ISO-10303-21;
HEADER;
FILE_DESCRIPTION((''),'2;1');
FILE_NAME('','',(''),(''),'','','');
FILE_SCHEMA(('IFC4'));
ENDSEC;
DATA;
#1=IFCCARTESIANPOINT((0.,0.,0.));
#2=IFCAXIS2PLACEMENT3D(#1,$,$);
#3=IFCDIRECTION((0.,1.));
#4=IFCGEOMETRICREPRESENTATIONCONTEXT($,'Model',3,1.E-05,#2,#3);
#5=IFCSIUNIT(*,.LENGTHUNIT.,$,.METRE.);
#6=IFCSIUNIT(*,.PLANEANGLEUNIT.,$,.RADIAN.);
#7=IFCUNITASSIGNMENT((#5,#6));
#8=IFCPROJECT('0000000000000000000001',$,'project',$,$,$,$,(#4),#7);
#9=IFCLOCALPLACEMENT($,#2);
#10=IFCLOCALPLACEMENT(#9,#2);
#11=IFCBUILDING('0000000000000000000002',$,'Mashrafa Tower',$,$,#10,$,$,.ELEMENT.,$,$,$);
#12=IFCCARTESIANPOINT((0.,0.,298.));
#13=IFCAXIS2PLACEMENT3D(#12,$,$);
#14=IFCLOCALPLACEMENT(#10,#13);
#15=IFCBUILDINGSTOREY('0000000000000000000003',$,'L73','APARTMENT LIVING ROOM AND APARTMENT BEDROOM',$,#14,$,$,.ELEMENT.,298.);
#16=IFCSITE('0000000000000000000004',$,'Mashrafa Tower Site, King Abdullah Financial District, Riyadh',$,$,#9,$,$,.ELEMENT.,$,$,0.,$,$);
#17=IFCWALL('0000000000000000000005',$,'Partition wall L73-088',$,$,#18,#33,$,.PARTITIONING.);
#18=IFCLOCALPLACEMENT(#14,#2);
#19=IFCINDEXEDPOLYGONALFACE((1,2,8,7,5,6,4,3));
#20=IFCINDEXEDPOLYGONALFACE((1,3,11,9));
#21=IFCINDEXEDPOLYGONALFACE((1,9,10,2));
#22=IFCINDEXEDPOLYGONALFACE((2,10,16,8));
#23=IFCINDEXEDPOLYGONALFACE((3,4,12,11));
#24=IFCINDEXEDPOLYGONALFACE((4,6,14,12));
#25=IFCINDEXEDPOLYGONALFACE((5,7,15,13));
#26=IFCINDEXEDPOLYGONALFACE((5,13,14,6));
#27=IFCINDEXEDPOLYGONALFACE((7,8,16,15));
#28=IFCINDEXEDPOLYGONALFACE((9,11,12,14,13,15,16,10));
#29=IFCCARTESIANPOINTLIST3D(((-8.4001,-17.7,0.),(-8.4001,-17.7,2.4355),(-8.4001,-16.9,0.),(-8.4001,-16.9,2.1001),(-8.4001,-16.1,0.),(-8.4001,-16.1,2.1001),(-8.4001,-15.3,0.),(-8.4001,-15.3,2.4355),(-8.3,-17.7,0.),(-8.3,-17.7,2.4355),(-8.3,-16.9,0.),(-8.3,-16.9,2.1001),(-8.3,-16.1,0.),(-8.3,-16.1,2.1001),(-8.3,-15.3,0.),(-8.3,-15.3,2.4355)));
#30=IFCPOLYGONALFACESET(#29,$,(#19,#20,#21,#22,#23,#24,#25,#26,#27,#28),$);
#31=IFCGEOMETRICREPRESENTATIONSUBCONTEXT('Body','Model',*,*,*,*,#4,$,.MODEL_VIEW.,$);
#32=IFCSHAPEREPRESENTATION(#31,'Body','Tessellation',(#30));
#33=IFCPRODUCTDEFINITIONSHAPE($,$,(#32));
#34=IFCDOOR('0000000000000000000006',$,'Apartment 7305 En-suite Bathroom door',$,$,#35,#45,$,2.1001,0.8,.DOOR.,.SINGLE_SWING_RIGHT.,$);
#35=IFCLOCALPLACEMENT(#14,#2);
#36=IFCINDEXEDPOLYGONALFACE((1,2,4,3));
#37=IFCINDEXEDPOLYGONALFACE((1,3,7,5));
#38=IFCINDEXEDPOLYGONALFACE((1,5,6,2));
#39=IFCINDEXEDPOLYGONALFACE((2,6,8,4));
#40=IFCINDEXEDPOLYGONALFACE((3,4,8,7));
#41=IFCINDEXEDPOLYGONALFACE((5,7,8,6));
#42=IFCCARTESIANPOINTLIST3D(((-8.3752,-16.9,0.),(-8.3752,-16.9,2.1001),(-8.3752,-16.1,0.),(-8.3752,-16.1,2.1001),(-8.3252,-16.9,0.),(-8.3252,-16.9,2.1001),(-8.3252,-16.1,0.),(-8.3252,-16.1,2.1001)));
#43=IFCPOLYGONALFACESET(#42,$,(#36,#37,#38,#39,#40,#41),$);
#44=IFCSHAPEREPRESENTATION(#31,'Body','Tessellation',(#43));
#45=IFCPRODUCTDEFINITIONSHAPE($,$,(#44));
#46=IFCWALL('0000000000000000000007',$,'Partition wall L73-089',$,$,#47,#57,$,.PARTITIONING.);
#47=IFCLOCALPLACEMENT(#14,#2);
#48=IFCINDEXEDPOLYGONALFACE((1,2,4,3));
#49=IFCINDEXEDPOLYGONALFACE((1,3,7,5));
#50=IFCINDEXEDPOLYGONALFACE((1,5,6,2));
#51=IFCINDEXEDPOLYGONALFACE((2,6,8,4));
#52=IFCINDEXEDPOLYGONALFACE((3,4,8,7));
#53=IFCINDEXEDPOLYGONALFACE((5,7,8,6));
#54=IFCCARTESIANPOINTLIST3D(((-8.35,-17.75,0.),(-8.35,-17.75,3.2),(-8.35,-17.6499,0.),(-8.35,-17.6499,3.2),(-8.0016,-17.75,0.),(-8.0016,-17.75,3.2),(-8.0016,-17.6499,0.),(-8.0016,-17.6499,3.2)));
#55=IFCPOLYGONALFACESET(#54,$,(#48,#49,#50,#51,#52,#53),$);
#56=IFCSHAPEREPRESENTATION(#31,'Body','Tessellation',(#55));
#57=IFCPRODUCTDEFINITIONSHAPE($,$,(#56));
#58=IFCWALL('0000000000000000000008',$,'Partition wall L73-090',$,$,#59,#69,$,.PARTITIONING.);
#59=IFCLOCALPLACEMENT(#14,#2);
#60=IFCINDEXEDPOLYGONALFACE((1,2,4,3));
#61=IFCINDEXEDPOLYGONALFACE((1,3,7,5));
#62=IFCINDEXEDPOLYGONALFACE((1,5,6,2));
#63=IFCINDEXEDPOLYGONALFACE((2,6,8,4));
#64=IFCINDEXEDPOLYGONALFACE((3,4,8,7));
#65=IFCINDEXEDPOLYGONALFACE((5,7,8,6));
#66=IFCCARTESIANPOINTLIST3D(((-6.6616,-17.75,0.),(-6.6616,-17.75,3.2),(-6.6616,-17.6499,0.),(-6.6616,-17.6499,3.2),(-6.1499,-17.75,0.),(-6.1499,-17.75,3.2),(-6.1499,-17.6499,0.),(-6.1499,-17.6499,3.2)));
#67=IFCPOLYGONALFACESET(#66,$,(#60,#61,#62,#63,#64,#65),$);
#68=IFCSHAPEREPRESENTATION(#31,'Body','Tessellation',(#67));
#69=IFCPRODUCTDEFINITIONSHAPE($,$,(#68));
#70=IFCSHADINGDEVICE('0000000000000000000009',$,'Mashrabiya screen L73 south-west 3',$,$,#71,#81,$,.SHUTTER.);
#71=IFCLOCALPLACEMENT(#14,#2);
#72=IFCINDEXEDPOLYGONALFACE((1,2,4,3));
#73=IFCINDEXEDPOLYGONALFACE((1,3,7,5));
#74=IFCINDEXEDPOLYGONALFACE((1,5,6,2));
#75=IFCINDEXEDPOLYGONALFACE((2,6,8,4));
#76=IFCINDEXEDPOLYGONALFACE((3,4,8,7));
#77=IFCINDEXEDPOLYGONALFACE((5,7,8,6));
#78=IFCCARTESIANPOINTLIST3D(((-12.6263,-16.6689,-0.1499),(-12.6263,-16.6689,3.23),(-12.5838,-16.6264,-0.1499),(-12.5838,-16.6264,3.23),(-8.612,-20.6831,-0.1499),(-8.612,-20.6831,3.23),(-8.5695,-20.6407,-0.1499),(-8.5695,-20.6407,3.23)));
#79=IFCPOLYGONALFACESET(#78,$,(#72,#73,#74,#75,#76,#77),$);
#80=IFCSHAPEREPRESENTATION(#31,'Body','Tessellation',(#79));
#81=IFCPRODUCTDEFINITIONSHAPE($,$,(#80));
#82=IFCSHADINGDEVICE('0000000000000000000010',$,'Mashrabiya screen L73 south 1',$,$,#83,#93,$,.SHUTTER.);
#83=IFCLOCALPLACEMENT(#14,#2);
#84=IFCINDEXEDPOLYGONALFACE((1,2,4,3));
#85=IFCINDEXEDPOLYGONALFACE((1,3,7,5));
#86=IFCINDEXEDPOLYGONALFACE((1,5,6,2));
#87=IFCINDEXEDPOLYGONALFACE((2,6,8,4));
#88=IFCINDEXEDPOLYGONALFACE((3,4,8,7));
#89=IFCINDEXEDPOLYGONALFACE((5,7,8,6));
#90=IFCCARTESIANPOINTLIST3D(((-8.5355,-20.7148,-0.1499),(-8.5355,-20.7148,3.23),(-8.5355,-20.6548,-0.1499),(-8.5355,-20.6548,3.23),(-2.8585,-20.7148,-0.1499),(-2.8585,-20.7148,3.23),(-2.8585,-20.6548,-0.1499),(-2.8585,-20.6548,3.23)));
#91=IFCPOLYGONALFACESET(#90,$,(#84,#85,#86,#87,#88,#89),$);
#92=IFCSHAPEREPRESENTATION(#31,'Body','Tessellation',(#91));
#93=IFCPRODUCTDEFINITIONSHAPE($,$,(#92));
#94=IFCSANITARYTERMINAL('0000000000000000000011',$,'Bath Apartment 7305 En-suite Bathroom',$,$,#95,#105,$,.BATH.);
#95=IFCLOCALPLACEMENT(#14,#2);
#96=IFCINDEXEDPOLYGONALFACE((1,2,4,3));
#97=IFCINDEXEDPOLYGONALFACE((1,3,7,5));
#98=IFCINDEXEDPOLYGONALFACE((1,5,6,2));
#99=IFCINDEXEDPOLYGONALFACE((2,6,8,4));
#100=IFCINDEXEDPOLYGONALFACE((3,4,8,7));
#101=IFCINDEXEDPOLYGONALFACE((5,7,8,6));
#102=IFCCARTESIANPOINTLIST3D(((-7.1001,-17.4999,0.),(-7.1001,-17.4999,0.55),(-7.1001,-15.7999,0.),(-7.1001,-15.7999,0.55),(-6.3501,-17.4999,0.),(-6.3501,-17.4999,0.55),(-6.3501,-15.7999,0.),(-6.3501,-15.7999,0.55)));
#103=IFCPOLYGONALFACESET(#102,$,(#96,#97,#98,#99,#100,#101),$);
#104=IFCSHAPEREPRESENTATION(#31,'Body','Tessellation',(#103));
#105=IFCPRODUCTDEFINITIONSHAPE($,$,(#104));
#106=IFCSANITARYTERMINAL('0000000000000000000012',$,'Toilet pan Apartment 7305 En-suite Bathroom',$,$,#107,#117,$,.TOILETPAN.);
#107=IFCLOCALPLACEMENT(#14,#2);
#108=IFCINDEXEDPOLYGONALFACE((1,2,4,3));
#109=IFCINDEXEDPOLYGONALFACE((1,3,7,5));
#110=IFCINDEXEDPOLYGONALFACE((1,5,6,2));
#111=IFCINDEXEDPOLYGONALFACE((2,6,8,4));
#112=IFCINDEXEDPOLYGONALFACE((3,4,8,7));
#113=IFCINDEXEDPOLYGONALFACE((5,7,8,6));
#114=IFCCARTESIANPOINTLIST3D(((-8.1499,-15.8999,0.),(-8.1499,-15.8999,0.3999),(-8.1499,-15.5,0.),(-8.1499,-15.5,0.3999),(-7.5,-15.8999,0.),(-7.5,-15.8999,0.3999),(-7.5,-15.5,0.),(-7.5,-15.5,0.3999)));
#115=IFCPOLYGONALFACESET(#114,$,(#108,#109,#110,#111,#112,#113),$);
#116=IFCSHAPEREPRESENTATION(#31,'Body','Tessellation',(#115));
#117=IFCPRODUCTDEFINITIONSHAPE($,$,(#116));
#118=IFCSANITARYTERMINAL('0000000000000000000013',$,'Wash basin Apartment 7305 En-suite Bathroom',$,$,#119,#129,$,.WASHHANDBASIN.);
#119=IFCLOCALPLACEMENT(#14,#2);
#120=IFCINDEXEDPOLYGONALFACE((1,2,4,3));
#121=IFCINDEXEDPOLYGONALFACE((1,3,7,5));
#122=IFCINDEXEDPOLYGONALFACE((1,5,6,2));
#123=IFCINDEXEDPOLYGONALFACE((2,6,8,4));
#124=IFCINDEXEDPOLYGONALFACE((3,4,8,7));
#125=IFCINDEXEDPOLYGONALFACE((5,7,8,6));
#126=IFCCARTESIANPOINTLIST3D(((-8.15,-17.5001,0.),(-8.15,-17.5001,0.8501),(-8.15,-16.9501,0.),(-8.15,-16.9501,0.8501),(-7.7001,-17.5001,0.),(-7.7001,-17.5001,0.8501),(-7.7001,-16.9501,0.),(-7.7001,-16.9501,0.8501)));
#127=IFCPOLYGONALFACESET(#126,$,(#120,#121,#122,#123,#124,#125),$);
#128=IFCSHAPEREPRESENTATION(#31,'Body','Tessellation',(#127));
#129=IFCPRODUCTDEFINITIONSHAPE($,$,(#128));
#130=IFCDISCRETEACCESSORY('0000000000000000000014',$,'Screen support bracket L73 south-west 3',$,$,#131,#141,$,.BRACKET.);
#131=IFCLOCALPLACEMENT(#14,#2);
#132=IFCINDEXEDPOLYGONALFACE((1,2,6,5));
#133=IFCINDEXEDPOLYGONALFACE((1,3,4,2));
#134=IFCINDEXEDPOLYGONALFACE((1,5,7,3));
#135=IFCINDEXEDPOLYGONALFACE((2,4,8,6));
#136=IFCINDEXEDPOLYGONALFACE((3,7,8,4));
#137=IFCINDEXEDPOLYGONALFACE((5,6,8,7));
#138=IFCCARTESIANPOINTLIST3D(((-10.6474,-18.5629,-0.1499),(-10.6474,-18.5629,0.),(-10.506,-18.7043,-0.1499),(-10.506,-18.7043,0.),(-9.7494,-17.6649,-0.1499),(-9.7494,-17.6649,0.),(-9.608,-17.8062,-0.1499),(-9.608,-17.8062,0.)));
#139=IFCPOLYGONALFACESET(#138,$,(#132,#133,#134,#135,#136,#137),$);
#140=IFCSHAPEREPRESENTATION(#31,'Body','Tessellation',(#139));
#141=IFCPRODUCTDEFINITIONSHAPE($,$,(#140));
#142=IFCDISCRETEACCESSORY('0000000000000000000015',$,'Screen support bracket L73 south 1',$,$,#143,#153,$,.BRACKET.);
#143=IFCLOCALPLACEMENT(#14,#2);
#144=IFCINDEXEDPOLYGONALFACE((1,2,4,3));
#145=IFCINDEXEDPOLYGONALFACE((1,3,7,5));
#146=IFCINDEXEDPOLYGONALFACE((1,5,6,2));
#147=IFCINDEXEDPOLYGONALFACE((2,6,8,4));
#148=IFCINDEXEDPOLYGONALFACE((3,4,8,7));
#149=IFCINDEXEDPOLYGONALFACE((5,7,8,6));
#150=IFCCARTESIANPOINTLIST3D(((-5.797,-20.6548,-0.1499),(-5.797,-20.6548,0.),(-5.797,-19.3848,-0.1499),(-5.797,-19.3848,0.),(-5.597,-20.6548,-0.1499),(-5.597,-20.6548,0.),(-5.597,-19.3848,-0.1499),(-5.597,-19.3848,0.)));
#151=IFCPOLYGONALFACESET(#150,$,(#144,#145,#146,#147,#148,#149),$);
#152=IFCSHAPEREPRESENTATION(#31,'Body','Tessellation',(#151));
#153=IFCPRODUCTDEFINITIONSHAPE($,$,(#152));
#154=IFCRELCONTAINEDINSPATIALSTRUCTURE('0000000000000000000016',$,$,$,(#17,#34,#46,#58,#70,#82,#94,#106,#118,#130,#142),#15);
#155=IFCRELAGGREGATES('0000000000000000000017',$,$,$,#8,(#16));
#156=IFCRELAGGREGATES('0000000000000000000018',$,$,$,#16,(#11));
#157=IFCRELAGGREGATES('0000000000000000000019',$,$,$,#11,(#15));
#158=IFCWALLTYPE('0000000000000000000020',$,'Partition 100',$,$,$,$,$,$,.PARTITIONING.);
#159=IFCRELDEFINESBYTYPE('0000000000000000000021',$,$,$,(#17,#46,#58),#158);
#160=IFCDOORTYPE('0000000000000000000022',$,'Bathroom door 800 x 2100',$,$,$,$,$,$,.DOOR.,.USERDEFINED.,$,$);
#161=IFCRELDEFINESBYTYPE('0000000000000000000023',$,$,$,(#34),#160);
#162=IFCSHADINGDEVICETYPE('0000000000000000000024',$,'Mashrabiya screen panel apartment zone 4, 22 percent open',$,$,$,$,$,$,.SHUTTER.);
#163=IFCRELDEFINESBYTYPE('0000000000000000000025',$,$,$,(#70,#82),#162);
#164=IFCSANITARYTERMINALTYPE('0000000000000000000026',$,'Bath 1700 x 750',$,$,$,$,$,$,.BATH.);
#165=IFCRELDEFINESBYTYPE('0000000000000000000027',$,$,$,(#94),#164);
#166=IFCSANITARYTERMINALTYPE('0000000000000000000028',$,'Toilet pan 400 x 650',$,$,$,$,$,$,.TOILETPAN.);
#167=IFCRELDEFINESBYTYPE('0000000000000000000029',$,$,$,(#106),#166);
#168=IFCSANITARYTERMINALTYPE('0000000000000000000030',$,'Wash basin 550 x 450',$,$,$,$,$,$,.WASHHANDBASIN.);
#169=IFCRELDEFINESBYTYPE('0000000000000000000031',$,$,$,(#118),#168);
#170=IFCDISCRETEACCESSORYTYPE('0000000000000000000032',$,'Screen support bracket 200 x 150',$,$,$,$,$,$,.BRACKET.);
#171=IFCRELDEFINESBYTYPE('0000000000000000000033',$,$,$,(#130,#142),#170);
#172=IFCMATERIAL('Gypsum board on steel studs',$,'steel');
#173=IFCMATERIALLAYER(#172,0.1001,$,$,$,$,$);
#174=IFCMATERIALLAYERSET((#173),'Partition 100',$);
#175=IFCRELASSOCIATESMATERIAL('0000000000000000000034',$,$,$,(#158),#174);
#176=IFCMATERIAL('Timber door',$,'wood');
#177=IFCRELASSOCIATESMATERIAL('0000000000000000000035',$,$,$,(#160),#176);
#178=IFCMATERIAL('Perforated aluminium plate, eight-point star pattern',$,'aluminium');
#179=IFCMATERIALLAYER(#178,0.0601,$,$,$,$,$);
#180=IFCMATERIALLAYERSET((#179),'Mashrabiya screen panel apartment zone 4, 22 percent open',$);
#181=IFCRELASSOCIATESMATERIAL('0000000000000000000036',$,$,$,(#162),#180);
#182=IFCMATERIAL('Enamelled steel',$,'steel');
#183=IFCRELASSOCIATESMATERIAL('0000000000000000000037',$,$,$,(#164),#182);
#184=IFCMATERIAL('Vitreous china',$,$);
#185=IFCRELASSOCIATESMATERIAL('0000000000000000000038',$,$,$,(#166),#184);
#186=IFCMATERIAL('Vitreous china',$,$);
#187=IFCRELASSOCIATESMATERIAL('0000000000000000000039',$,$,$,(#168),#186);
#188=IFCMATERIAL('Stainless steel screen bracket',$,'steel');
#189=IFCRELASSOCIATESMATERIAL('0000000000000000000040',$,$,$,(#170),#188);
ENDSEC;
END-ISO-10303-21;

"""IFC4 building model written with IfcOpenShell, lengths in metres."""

from ifc_helpers import new_model, si_unit, direction, frame, frame_2d, origin, origin_2d, place, context, subcontext, project, spatial, rectangle, extrude, source, transform, mapped, material, layer, layer_set, type_object, type_shapes, element, fill, save


model = new_model("IFC4")

# Units and contexts
model_context = context("Model", 3, precision=1e-05, world=origin(), true_north=direction((0.0, 1.0)))
body_context = subcontext(model_context, "Body", "Model", "MODEL_VIEW")
ifc_project = project(units=[si_unit("LENGTHUNIT", "METRE"), si_unit("PLANEANGLEUNIT", "RADIAN")], contexts=[model_context])

# Site, building, storey
site_placement = place(None, origin())
site = spatial("IfcSite", under=ifc_project, at=site_placement, Name="Mashrafa Tower Site, King Abdullah Financial District, Riyadh", CompositionType="ELEMENT", RefElevation=0.0)
building_placement = place(site_placement, origin())
building = spatial("IfcBuilding", under=site, at=building_placement, Name="Mashrafa Tower", CompositionType="ELEMENT")
storey_placement = place(building_placement, frame((0.0, 0.0, 298.0)))
storey = spatial("IfcBuildingStorey", under=building, at=storey_placement, Name="L73", Description="APARTMENT LIVING ROOM AND APARTMENT BEDROOM", CompositionType="ELEMENT", Elevation=298.0)

# Shared definitions
ifc_material_1 = material(Name="Gypsum board on steel studs", Category="steel")
ifc_layer_1 = layer(ifc_material_1, 0.1001)
ifc_layer_set_1 = layer_set([ifc_layer_1], Name="Partition 100")
wall_type = type_object("IfcWallType", Name="Partition 100", PredefinedType="PARTITIONING", material=ifc_layer_set_1)

# Wall, opening, door
wall_1_placement = place(storey_placement, frame((-8.3501, -15.3, 0.0), z_axis=(0.0, 0.0, 1.0), x_axis=(0.0, -1.0, 0.0)))
wall_1 = element("IfcWall", 1, at=wall_1_placement, inside=storey, type_object=wall_type, Name="Partition wall L73-088", PredefinedType="PARTITIONING", context=body_context, shape_type="SweptSolid", body=[
    extrude(rectangle(XDim=2.3999, YDim=0.1001, at=frame_2d((1.2, 0.0))), origin(), (0.0, 0.0, 1.0), 2.4355),
])
opening_placement = place(wall_1_placement, frame((0.8, 0.0, 0.0)))
opening = element("IfcOpeningElement", 2, at=opening_placement, cuts=wall_1, PredefinedType="OPENING", context=body_context, shape_type="SweptSolid", body=[
    extrude(rectangle(XDim=0.8, YDim=2.1001, at=frame_2d((0.3999, 1.05))), frame((0.0, 0.0601, 0.0), z_axis=(0.0, -1.0, 0.0), x_axis=(1.0, 0.0, 0.0)), (0.0, 0.0, 1.0), 0.1201),
])
ifc_material_2 = material(Name="Timber door", Category="wood")
door_type = type_object("IfcDoorType", Name="Bathroom door 800 x 2100", OperationType="USERDEFINED", PredefinedType="DOOR", material=ifc_material_2)
door_placement = place(opening_placement, origin())
door = element("IfcDoor", 3, at=door_placement, inside=storey, type_object=door_type, Name="Apartment 7305 En-suite Bathroom door", OperationType="SINGLE_SWING_RIGHT", OverallHeight=2.1001, OverallWidth=0.8, PredefinedType="DOOR", context=body_context, shape_type="SweptSolid", body=[
    extrude(rectangle(XDim=0.8, YDim=2.1001, at=frame_2d((0.3999, 1.05))), frame((0.0, 0.0249, 0.0), z_axis=(0.0, -1.0, 0.0), x_axis=(1.0, 0.0, 0.0)), (0.0, 0.0, 1.0), 0.05),
])
fill(opening, door)

# Walls
wall_2_placement = place(storey_placement, frame((-8.3501, -17.7, 0.0), z_axis=(0.0, 0.0, 1.0), x_axis=(1.0, 0.0, 0.0)))
element("IfcWall", 4, at=wall_2_placement, inside=storey, type_object=wall_type, Name="Partition wall L73-089", PredefinedType="PARTITIONING", context=body_context, shape_type="SweptSolid", body=[
    extrude(rectangle(XDim=0.3484, YDim=0.1001, at=frame_2d((0.1743, 0.0))), origin(), (0.0, 0.0, 1.0), 3.2),
])
wall_3_placement = place(storey_placement, frame((-6.6616, -17.7, 0.0), z_axis=(0.0, 0.0, 1.0), x_axis=(1.0, 0.0, 0.0)))
element("IfcWall", 5, at=wall_3_placement, inside=storey, type_object=wall_type, Name="Partition wall L73-090", PredefinedType="PARTITIONING", context=body_context, shape_type="SweptSolid", body=[
    extrude(rectangle(XDim=0.5117, YDim=0.1001, at=frame_2d((0.2559, 0.0))), origin(), (0.0, 0.0, 1.0), 3.2),
])

# Shading devices
ifc_material_3 = material(Name="Perforated aluminium plate, eight-point star pattern", Category="aluminium")
ifc_layer_2 = layer(ifc_material_3, 0.0601)
ifc_layer_set_2 = layer_set([ifc_layer_2], Name="Mashrabiya screen panel apartment zone 4, 22 percent open")
shading_device_type = type_object("IfcShadingDeviceType", Name="Mashrabiya screen panel apartment zone 4, 22 percent open", PredefinedType="SHUTTER", material=ifc_layer_set_2)
shared_shape_1 = source(origin(), body_context, "Body", "SweptSolid", [
    extrude(rectangle(XDim=5.677, YDim=0.0601, at=origin_2d()), origin(), (0.0, 0.0, 1.0), 3.3799),
])
type_shapes(shading_device_type, [shared_shape_1])
for number, where, z_axis, x_axis, name in (
    (6, (-10.5979, -18.6548, -0.1499), (0.0, 0.0, 1.0), (0.707107, -0.707107, 0.0), "Mashrabiya screen L73 south-west 3"),
    (7, (-5.697, -20.6848, -0.1499), (0.0, 0.0, 1.0), (1.0, 0.0, 0.0), "Mashrabiya screen L73 south 1"),
):
    element("IfcShadingDevice", number, at=place(storey_placement, frame(where, z_axis=z_axis, x_axis=x_axis)), inside=storey, type_object=shading_device_type, Name=name, PredefinedType="SHUTTER", context=body_context, shape_type="MappedRepresentation", body=[
        mapped(shared_shape_1, transform((0.0, 0.0, 0.0))),
    ])

# Sanitary terminals
ifc_material_4 = material(Name="Enamelled steel", Category="steel")
sanitary_terminal_type_1 = type_object("IfcSanitaryTerminalType", Name="Bath 1700 x 750", PredefinedType="BATH", material=ifc_material_4)
sanitary_terminal_1_placement = place(storey_placement, frame((-6.7251, -16.6499, 0.0), z_axis=(0.0, 0.0, 1.0), x_axis=(0.0, 1.0, 0.0)))
element("IfcSanitaryTerminal", 8, at=sanitary_terminal_1_placement, inside=storey, type_object=sanitary_terminal_type_1, Name="Bath Apartment 7305 En-suite Bathroom", PredefinedType="BATH", context=body_context, shape_type="SweptSolid", body=[
    extrude(rectangle(XDim=1.7, YDim=0.75, at=origin_2d()), origin(), (0.0, 0.0, 1.0), 0.55),
])
ifc_material_5 = material(Name="Vitreous china")
sanitary_terminal_type_2 = type_object("IfcSanitaryTerminalType", Name="Toilet pan 400 x 650", PredefinedType="TOILETPAN", material=ifc_material_5)
sanitary_terminal_2_placement = place(storey_placement, frame((-7.825, -15.7, 0.0), z_axis=(0.0, 0.0, 1.0), x_axis=(0.0, -1.0, 0.0)))
element("IfcSanitaryTerminal", 9, at=sanitary_terminal_2_placement, inside=storey, type_object=sanitary_terminal_type_2, Name="Toilet pan Apartment 7305 En-suite Bathroom", PredefinedType="TOILETPAN", context=body_context, shape_type="SweptSolid", body=[
    extrude(rectangle(XDim=0.3999, YDim=0.6499, at=origin_2d()), origin(), (0.0, 0.0, 1.0), 0.3999),
])
ifc_material_6 = material(Name="Vitreous china")
sanitary_terminal_type_3 = type_object("IfcSanitaryTerminalType", Name="Wash basin 550 x 450", PredefinedType="WASHHANDBASIN", material=ifc_material_6)
sanitary_terminal_3_placement = place(storey_placement, frame((-7.925, -17.2251, 0.0), z_axis=(0.0, 0.0, 1.0), x_axis=(0.0, -1.0, 0.0)))
element("IfcSanitaryTerminal", 10, at=sanitary_terminal_3_placement, inside=storey, type_object=sanitary_terminal_type_3, Name="Wash basin Apartment 7305 En-suite Bathroom", PredefinedType="WASHHANDBASIN", context=body_context, shape_type="SweptSolid", body=[
    extrude(rectangle(XDim=0.55, YDim=0.45, at=origin_2d()), origin(), (0.0, 0.0, 1.0), 0.8501),
])

# Discrete accessories
ifc_material_7 = material(Name="Stainless steel screen bracket", Category="steel")
discrete_accessory_type = type_object("IfcDiscreteAccessoryType", Name="Screen support bracket 200 x 150", PredefinedType="BRACKET", material=ifc_material_7)
shared_shape_2 = source(origin(), body_context, "Body", "SweptSolid", [
    extrude(rectangle(XDim=0.2, YDim=1.27, at=origin_2d()), origin(), (0.0, 0.0, 1.0), 0.1499),
])
type_shapes(discrete_accessory_type, [shared_shape_2])
for number, where, z_axis, x_axis, name in (
    (11, (-10.1277, -18.1846, -0.1499), (0.0, 0.0, 1.0), (0.707107, -0.707107, 0.0), "Screen support bracket L73 south-west 3"),
    (12, (-5.697, -20.0198, -0.1499), (0.0, 0.0, 1.0), (1.0, 0.0, 0.0), "Screen support bracket L73 south 1"),
):
    element("IfcDiscreteAccessory", number, at=place(storey_placement, frame(where, z_axis=z_axis, x_axis=x_axis)), inside=storey, type_object=discrete_accessory_type, Name=name, PredefinedType="BRACKET", context=body_context, shape_type="MappedRepresentation", body=[
        mapped(shared_shape_2, transform((0.0, 0.0, 0.0))),
    ])

save(model, "model.ifc")
